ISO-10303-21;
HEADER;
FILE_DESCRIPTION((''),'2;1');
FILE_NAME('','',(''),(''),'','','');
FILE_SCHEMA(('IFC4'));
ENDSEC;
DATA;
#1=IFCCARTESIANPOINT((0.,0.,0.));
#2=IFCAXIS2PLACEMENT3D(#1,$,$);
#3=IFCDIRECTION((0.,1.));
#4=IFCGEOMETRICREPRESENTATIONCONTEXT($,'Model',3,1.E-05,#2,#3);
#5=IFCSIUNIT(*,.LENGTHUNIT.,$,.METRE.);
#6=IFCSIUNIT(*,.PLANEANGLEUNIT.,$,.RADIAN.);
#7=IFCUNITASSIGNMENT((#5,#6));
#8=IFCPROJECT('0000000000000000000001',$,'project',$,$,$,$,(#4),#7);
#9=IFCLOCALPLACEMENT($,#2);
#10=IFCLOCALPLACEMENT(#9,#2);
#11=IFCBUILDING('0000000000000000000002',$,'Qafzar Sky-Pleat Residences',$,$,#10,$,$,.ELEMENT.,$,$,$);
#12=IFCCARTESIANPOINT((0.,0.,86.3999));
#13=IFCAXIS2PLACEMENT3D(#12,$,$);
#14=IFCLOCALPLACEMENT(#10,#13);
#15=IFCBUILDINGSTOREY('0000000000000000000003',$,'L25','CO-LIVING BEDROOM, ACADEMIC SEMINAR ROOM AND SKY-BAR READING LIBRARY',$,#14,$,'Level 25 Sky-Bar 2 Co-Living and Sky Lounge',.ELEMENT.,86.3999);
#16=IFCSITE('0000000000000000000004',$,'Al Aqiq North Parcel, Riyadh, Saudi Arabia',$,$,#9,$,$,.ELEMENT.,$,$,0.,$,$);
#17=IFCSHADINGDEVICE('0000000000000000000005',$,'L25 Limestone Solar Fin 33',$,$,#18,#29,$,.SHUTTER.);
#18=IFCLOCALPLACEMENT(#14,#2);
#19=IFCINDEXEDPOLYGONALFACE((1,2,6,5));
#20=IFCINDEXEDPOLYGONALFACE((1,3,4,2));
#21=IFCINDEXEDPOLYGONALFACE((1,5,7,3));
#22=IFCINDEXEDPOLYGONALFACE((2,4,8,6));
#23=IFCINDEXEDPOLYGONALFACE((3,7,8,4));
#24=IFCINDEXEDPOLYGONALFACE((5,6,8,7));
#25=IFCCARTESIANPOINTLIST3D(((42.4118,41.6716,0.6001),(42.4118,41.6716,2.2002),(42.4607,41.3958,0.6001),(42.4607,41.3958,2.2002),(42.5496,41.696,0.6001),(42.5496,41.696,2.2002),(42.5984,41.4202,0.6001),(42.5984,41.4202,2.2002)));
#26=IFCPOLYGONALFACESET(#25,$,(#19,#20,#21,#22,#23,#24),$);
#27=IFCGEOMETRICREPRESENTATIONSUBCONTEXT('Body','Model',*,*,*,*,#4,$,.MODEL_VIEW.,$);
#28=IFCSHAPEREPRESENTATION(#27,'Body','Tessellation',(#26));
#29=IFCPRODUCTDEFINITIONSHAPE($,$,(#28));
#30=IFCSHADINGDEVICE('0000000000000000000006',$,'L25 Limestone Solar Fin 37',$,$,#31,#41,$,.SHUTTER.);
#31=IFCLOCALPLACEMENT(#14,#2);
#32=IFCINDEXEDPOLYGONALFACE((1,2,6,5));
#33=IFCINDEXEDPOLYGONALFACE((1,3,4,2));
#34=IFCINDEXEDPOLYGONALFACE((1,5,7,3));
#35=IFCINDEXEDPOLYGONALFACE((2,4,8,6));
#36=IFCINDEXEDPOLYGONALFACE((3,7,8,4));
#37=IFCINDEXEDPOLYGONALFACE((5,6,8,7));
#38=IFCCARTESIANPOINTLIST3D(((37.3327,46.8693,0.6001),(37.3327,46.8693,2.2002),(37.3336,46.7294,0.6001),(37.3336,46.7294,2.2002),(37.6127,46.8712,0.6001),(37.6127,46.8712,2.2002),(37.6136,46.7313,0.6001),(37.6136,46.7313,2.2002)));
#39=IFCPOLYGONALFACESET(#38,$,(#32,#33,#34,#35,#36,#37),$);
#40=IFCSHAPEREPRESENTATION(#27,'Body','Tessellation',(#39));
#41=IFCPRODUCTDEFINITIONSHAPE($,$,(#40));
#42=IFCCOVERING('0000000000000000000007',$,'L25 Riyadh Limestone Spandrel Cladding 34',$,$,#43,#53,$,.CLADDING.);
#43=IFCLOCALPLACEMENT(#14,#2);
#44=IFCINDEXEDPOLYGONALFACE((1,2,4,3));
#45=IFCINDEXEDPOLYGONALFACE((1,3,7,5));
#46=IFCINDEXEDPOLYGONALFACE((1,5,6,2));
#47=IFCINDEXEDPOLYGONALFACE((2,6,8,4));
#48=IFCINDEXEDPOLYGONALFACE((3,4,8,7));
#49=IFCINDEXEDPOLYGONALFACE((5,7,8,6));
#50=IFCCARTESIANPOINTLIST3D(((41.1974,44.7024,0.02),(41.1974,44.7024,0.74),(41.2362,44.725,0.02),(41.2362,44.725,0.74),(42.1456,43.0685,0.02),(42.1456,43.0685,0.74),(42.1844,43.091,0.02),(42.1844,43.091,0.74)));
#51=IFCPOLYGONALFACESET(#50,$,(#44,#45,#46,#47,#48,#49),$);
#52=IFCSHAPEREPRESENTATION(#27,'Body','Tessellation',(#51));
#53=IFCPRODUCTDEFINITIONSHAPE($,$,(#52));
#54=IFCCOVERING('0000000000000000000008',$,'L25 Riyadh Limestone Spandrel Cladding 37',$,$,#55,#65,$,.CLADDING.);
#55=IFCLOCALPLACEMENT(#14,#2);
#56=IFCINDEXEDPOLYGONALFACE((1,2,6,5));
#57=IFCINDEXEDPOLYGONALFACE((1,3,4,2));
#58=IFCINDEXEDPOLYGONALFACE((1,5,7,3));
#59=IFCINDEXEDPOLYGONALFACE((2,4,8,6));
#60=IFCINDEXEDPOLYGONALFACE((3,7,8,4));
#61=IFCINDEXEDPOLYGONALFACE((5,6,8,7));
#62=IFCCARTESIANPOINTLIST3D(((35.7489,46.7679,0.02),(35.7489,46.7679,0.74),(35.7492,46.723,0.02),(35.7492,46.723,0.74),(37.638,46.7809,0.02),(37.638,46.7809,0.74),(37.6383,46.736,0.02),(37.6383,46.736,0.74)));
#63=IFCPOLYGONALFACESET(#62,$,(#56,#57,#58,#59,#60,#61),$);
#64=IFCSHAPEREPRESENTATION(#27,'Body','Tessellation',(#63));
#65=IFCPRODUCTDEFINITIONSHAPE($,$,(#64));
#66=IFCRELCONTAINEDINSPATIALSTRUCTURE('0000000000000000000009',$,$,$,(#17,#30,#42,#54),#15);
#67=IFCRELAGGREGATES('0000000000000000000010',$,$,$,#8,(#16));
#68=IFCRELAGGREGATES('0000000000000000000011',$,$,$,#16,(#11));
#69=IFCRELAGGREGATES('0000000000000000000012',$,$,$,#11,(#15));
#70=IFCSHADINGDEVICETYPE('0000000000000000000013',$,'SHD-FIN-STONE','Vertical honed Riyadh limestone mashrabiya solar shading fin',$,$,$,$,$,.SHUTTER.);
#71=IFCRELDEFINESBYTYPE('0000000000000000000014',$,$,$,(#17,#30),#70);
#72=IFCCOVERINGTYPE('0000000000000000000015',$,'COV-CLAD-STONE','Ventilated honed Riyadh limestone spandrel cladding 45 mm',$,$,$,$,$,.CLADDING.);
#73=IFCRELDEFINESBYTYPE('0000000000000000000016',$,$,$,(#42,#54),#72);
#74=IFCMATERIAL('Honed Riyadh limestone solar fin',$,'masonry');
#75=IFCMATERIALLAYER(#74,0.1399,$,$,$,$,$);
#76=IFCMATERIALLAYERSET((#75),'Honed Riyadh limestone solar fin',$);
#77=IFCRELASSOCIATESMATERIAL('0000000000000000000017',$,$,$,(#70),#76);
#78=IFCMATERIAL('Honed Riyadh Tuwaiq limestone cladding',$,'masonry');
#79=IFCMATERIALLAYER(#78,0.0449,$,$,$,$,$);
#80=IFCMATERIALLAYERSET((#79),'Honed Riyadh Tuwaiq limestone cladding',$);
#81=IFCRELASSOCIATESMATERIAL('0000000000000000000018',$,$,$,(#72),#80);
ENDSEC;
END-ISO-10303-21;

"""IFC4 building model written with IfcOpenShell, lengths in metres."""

from ifc_helpers import new_model, si_unit, direction, frame, origin, origin_2d, place, context, subcontext, project, spatial, rectangle, extrude, source, transform, mapped, material, layer, layer_set, type_object, element, save


model = new_model("IFC4")

# Units and contexts
model_context = context("Model", 3, precision=1e-05, world=origin(), true_north=direction((0.0, 1.0)))
body_context = subcontext(model_context, "Body", "Model", "MODEL_VIEW")
ifc_project = project(units=[si_unit("LENGTHUNIT", "METRE"), si_unit("PLANEANGLEUNIT", "RADIAN")], contexts=[model_context])

# Site, building, storey
site_placement = place(None, origin())
site = spatial("IfcSite", under=ifc_project, at=site_placement, Name="Al Aqiq North Parcel, Riyadh, Saudi Arabia", CompositionType="ELEMENT", RefElevation=0.0)
building_placement = place(site_placement, origin())
building = spatial("IfcBuilding", under=site, at=building_placement, Name="Qafzar Sky-Pleat Residences", CompositionType="ELEMENT")
storey_placement = place(building_placement, frame((0.0, 0.0, 86.3999)))
storey = spatial("IfcBuildingStorey", under=building, at=storey_placement, Name="L25", Description="CO-LIVING BEDROOM, ACADEMIC SEMINAR ROOM AND SKY-BAR READING LIBRARY", LongName="Level 25 Sky-Bar 2 Co-Living and Sky Lounge", CompositionType="ELEMENT", Elevation=86.3999)

# Shading devices
ifc_material_1 = material(Name="Honed Riyadh limestone solar fin", Category="masonry")
ifc_layer_1 = layer(ifc_material_1, 0.1399)
ifc_layer_set_1 = layer_set([ifc_layer_1], Name="Honed Riyadh limestone solar fin")
shading_device_type = type_object("IfcShadingDeviceType", Name="SHD-FIN-STONE", Description="Vertical honed Riyadh limestone mashrabiya solar shading fin", PredefinedType="SHUTTER", material=ifc_layer_set_1)
shared_shape_1 = source(origin(), body_context, "Body", "SweptSolid", [
    extrude(rectangle(XDim=0.1399, YDim=0.28, at=origin_2d()), origin(), (0.0, 0.0, 1.0), 1.6001),
])
for number, where, z_axis, x_axis, name in (
    (1, (42.5051, 41.5459, 0.6001), (0.0, 0.0, 1.0), (0.984674, 0.174403, 0.0), "L25 Limestone Solar Fin 33"),
    (2, (37.4731, 46.8003, 0.6001), (0.0, 0.0, 1.0), (-0.006822, 0.999977, 0.0), "L25 Limestone Solar Fin 37"),
):
    element("IfcShadingDevice", number, at=place(storey_placement, frame(where, z_axis=z_axis, x_axis=x_axis)), inside=storey, type_object=shading_device_type, Name=name, PredefinedType="SHUTTER", context=body_context, shape_type="MappedRepresentation", body=[
        mapped(shared_shape_1, transform((0.0, 0.0, 0.0), x_axis=(1.0, 0.0, 0.0), y_axis=(0.0, 1.0, 0.0), z_axis=(0.0, 0.0, 1.0), scale=1.0)),
    ])

# Coverings
ifc_material_2 = material(Name="Honed Riyadh Tuwaiq limestone cladding", Category="masonry")
ifc_layer_2 = layer(ifc_material_2, 0.0449)
ifc_layer_set_2 = layer_set([ifc_layer_2], Name="Honed Riyadh Tuwaiq limestone cladding")
covering_type = type_object("IfcCoveringType", Name="COV-CLAD-STONE", Description="Ventilated honed Riyadh limestone spandrel cladding 45 mm", PredefinedType="CLADDING", material=ifc_layer_set_2)
shared_shape_2 = source(origin(), body_context, "Body", "SweptSolid", [
    extrude(rectangle(XDim=1.8892, YDim=0.0449, at=origin_2d()), origin(), (0.0, 0.0, 1.0), 0.72),
])
for number, where, z_axis, x_axis, name in (
    (3, (41.6909, 43.8967, 0.02), (0.0, 0.0, 1.0), (-0.501921, 0.864914, 0.0), "L25 Riyadh Limestone Spandrel Cladding 34"),
    (4, (36.6936, 46.752, 0.02), (0.0, 0.0, 1.0), (-0.999976, -0.006861, 0.0), "L25 Riyadh Limestone Spandrel Cladding 37"),
):
    element("IfcCovering", number, at=place(storey_placement, frame(where, z_axis=z_axis, x_axis=x_axis)), inside=storey, type_object=covering_type, Name=name, PredefinedType="CLADDING", context=body_context, shape_type="MappedRepresentation", body=[
        mapped(shared_shape_2, transform((0.0, 0.0, 0.0), x_axis=(1.0, 0.0, 0.0), y_axis=(0.0, 1.0, 0.0), z_axis=(0.0, 0.0, 1.0), scale=1.0)),
    ])

save(model, "model.ifc")
